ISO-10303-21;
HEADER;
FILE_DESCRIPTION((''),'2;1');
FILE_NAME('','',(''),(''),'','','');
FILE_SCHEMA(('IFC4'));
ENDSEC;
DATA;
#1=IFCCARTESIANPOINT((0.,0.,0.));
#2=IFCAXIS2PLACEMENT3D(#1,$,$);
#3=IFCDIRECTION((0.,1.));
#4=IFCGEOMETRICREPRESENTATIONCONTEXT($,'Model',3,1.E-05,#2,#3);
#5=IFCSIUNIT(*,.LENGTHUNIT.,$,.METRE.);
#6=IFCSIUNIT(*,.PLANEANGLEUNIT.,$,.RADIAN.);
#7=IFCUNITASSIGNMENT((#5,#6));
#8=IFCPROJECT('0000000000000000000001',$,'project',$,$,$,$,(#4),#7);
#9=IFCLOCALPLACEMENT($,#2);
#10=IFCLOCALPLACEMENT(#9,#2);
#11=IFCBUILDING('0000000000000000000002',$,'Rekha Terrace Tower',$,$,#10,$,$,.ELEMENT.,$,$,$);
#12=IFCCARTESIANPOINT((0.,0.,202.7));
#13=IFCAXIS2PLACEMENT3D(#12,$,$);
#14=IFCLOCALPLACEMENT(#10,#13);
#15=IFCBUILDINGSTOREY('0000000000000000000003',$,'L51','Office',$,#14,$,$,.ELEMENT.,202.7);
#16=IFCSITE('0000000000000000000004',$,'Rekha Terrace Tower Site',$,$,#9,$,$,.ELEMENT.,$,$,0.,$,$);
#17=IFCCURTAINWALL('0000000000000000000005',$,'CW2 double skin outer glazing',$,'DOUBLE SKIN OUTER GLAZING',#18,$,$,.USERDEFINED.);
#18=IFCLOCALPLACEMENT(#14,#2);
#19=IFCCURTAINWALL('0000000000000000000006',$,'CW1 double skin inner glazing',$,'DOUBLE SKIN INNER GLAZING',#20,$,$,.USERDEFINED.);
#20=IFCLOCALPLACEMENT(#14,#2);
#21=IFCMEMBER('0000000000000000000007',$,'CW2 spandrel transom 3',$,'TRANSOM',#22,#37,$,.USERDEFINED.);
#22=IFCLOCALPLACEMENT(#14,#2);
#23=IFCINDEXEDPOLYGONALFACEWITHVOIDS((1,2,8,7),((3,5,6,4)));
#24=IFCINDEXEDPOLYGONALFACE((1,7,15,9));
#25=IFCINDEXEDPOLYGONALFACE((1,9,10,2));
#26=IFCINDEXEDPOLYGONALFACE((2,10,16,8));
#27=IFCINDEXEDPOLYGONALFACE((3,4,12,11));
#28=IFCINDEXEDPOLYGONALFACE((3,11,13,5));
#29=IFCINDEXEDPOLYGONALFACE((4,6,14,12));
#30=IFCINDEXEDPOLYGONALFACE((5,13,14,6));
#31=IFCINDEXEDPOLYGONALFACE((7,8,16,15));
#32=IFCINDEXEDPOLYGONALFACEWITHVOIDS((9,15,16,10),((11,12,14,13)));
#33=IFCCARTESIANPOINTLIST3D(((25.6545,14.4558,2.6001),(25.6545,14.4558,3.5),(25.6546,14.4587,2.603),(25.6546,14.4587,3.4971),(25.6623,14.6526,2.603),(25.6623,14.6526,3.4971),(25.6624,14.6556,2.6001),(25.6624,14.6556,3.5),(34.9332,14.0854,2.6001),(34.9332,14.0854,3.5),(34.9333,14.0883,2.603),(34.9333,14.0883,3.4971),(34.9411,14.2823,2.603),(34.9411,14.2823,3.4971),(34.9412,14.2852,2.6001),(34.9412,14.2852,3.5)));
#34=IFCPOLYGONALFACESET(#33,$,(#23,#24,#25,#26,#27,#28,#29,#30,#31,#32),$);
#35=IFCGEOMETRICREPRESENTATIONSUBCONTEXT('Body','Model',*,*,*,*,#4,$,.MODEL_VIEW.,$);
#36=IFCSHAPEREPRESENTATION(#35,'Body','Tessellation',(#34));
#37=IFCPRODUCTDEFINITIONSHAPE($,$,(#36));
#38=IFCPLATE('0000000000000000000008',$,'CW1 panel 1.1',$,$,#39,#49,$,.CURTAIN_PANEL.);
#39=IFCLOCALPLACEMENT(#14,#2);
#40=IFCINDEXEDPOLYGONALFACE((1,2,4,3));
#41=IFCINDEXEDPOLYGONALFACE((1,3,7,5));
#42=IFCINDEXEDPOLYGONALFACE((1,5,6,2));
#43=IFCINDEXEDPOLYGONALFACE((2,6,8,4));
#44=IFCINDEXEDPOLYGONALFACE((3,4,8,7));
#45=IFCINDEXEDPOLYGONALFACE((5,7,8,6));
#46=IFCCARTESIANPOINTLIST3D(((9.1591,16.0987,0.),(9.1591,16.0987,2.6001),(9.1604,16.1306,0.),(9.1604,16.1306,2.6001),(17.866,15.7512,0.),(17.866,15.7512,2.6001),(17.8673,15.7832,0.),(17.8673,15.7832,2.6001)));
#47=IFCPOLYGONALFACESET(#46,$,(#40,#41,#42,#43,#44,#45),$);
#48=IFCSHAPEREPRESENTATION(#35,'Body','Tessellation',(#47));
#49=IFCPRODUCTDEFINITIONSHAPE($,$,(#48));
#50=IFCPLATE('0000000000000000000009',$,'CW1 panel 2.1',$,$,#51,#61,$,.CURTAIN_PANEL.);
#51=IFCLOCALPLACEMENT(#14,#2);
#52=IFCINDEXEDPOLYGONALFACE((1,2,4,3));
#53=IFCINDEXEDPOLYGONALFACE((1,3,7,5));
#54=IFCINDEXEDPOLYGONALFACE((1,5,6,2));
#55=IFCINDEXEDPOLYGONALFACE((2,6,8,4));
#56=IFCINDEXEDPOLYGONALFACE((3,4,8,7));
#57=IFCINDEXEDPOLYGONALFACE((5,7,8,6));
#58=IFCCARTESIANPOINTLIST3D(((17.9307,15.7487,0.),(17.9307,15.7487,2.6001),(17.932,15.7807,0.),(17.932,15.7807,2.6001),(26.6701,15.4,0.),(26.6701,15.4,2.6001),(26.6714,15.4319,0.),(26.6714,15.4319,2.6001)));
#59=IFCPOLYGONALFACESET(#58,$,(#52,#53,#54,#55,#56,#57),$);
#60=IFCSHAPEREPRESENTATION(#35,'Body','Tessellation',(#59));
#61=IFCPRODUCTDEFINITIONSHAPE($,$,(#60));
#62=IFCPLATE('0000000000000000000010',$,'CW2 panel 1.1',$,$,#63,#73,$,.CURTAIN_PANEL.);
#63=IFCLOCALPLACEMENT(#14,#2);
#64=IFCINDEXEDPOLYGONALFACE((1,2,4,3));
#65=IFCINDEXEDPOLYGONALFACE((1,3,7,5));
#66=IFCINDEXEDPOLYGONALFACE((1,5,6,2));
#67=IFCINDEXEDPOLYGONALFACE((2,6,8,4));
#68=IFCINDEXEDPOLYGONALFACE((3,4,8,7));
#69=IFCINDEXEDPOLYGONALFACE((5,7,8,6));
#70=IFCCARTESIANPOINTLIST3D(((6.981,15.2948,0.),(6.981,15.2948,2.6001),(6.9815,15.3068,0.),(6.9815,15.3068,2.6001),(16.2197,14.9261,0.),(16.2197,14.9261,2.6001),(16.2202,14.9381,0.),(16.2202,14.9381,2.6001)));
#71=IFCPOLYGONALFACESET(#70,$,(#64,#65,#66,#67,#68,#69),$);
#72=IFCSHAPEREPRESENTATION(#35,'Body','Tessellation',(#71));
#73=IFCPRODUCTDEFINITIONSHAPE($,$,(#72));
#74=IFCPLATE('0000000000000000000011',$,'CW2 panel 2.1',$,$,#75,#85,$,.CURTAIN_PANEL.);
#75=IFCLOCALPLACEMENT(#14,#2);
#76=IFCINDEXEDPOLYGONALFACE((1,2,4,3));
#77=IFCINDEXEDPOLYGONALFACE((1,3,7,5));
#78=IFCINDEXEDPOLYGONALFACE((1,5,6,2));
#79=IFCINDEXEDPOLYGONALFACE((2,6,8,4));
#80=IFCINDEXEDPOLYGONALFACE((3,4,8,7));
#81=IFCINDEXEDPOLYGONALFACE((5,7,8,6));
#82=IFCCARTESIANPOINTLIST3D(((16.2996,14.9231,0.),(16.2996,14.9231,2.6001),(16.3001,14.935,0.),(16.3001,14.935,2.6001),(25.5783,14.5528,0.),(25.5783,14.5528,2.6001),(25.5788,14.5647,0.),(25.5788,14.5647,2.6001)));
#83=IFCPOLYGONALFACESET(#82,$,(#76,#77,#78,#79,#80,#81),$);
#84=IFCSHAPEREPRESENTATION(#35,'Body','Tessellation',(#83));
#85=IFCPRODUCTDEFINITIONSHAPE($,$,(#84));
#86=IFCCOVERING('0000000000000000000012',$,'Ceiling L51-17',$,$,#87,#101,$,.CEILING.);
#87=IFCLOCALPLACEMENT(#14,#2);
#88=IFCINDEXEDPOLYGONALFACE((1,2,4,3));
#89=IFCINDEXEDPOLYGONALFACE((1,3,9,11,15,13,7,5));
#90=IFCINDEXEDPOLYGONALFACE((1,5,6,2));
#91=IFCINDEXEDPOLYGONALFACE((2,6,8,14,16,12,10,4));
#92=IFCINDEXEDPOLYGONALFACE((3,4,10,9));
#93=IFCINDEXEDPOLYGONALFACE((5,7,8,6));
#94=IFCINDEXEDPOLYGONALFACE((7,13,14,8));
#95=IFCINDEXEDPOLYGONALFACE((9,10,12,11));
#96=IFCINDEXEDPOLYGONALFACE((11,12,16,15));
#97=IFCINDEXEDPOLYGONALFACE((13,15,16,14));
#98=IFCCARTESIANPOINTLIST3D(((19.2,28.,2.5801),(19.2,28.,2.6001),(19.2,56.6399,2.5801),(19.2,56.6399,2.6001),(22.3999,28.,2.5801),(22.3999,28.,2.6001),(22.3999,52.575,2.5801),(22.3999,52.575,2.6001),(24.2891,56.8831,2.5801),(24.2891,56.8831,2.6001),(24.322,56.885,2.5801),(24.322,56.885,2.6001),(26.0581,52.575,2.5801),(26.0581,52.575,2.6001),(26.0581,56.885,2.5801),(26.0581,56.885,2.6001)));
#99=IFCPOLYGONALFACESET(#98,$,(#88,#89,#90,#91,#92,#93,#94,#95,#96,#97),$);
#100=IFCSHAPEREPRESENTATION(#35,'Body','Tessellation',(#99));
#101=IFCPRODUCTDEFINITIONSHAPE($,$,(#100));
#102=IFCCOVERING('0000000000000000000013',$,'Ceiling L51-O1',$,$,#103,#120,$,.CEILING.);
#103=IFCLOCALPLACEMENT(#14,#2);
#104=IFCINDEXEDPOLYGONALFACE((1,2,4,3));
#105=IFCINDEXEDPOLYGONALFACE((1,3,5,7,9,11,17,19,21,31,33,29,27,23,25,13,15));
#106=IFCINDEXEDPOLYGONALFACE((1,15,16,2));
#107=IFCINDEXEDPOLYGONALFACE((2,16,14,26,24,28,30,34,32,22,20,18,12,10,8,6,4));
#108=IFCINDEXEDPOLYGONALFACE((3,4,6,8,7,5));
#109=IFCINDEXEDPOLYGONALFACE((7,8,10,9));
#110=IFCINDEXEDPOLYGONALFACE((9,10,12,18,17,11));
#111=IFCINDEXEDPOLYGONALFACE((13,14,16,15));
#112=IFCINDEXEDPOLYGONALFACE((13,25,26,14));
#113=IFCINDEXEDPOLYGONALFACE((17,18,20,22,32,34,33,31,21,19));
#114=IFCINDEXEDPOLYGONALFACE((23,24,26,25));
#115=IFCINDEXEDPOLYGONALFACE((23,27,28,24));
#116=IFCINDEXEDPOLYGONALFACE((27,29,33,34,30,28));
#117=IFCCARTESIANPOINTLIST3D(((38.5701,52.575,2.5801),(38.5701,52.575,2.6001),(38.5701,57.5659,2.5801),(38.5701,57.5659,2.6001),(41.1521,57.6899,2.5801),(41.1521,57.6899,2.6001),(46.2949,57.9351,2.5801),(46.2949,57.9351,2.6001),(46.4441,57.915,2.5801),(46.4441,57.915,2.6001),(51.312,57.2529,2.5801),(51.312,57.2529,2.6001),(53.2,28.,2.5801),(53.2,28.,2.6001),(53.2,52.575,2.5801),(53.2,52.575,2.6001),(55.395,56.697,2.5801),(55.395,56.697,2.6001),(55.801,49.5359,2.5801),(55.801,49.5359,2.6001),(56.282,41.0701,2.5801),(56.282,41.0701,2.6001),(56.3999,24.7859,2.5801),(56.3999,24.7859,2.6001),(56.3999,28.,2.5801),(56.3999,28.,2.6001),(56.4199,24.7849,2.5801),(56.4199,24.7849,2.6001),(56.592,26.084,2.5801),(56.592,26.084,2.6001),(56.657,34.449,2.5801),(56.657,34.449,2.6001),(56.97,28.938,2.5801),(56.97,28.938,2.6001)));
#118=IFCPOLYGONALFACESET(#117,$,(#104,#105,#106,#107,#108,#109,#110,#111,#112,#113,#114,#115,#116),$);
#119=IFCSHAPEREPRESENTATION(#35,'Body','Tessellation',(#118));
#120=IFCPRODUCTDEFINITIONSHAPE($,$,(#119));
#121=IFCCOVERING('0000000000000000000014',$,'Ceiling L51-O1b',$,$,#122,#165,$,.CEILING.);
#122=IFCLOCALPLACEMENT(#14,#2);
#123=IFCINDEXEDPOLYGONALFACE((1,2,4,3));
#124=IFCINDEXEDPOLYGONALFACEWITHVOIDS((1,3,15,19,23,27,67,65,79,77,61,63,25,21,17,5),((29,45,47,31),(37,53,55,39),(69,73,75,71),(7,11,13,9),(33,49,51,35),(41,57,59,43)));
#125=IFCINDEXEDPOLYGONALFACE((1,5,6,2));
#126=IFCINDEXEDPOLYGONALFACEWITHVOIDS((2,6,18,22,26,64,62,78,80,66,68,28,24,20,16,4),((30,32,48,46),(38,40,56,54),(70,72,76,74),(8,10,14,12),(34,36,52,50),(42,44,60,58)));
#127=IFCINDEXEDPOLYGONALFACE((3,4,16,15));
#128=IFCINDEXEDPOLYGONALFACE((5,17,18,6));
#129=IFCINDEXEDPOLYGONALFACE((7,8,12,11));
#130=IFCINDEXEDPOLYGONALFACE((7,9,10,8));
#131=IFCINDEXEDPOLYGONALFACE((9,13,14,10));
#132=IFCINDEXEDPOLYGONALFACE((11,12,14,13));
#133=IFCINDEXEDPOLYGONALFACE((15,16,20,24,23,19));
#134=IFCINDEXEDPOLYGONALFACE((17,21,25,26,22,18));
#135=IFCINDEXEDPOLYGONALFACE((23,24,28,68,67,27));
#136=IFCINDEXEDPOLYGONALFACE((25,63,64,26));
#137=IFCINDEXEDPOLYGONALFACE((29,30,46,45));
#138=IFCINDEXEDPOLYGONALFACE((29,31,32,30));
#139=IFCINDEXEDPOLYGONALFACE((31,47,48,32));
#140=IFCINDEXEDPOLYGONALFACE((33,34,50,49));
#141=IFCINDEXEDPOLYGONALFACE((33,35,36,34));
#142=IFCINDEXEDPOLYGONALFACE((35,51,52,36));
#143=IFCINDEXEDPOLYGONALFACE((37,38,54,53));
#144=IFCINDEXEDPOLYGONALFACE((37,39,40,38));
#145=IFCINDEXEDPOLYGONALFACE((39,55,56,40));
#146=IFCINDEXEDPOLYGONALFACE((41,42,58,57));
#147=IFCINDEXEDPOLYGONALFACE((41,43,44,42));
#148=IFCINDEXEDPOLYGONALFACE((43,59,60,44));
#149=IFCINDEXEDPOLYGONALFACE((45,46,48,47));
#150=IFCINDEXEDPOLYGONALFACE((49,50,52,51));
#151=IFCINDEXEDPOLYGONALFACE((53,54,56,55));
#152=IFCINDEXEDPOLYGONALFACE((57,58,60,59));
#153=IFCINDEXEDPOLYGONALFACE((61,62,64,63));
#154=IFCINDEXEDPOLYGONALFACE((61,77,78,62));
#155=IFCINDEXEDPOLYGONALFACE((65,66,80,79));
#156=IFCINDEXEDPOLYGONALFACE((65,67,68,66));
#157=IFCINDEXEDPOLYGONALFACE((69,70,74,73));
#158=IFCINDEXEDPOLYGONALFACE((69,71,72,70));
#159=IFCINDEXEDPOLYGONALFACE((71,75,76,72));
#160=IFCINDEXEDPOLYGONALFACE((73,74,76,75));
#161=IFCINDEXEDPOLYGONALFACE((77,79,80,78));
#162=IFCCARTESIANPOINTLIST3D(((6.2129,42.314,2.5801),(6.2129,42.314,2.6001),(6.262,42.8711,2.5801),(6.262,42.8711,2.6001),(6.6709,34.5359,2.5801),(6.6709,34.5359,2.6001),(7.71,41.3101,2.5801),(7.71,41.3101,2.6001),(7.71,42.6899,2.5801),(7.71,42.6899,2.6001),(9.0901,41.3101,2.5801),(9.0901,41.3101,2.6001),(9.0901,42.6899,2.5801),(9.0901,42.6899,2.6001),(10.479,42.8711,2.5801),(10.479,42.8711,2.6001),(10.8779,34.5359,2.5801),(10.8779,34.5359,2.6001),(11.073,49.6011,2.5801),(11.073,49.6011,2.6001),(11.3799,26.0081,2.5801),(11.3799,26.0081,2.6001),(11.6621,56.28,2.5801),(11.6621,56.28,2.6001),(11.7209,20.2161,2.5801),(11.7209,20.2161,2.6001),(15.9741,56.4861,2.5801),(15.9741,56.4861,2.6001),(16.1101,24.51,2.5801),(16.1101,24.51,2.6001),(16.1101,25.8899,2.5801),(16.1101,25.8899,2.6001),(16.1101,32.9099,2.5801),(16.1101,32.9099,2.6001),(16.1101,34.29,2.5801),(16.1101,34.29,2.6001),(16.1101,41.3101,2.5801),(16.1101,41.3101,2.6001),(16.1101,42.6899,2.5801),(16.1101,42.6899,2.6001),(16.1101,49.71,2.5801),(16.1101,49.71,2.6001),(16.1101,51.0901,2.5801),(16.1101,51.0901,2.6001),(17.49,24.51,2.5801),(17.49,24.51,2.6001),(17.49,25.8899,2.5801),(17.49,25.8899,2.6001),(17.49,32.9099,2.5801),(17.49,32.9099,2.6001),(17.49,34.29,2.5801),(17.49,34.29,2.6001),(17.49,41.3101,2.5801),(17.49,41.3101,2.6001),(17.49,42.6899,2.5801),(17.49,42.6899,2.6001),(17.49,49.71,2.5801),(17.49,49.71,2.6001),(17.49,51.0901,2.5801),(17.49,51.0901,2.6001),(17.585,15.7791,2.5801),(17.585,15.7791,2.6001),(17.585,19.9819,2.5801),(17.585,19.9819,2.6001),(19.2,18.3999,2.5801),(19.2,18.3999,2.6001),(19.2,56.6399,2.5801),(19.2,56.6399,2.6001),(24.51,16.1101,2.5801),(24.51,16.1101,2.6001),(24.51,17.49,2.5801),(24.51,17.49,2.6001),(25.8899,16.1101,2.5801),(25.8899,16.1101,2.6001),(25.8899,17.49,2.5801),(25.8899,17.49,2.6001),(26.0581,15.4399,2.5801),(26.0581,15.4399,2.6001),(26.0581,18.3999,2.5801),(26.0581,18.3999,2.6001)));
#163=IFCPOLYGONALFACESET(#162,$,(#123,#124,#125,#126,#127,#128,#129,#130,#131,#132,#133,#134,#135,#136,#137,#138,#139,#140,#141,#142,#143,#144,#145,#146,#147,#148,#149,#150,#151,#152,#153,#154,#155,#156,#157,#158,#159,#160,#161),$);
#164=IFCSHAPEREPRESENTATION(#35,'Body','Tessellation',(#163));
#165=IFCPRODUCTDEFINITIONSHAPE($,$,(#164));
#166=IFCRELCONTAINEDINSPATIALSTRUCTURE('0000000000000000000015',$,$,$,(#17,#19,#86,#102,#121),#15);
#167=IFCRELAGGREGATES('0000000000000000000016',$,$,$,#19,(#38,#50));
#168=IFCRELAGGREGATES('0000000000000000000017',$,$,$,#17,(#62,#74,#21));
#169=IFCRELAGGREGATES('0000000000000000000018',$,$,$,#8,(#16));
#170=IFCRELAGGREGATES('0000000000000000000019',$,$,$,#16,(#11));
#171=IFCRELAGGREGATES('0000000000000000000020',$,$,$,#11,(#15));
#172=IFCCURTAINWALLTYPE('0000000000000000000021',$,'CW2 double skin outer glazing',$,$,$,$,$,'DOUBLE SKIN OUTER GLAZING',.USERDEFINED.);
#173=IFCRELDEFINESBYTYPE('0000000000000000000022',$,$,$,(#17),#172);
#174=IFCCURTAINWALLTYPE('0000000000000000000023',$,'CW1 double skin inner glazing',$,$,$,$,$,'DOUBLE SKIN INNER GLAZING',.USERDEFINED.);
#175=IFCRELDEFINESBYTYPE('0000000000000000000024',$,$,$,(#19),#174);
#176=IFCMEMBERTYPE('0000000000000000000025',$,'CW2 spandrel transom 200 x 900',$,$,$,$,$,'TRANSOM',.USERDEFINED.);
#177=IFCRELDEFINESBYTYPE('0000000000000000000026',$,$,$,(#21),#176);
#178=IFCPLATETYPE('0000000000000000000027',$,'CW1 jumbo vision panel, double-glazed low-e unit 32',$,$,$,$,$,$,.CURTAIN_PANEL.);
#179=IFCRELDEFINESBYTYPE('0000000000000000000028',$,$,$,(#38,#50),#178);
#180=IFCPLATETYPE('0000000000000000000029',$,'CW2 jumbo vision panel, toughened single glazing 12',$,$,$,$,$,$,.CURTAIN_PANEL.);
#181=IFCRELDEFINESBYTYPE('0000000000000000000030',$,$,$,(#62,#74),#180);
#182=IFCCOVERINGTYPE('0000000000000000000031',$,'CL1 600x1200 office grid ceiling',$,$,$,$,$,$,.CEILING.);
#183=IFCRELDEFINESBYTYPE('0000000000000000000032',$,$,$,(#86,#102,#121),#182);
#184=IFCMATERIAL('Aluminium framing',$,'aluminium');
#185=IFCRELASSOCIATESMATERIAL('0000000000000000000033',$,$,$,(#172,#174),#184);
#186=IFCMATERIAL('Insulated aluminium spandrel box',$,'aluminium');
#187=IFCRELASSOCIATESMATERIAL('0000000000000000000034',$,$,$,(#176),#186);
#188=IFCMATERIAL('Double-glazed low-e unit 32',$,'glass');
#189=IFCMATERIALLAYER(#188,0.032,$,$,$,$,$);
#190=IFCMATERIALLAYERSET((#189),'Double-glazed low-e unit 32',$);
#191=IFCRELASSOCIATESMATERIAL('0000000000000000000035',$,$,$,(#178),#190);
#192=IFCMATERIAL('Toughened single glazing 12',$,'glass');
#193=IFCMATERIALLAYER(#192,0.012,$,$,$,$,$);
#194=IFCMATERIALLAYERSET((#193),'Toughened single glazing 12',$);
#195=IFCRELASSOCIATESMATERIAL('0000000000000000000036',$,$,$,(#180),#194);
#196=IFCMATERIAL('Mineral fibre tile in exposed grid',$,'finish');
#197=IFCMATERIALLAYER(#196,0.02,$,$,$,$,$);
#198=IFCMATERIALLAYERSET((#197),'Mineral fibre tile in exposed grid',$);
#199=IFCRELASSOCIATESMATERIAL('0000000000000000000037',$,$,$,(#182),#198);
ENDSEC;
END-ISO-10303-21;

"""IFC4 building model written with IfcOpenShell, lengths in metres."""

from ifc_helpers import new_model, si_unit, direction, frame, origin, origin_2d, place, context, subcontext, project, spatial, polyline, rectangle, hollow_rectangle, outline, extrude, material, layer, layer_set, material_profile, profile_set, type_object, element, aggregate, save


model = new_model("IFC4")

# Units and contexts
model_context = context("Model", 3, precision=1e-05, world=origin(), true_north=direction((0.0, 1.0)))
body_context = subcontext(model_context, "Body", "Model", "MODEL_VIEW")
ifc_project = project(units=[si_unit("LENGTHUNIT", "METRE"), si_unit("PLANEANGLEUNIT", "RADIAN")], contexts=[model_context])

# Site, building, storey
site_placement = place(None, origin())
site = spatial("IfcSite", under=ifc_project, at=site_placement, Name="Rekha Terrace Tower Site", CompositionType="ELEMENT", RefElevation=0.0)
building_placement = place(site_placement, origin())
building = spatial("IfcBuilding", under=site, at=building_placement, Name="Rekha Terrace Tower", CompositionType="ELEMENT")
storey_placement = place(building_placement, frame((0.0, 0.0, 202.7)))
storey = spatial("IfcBuildingStorey", under=building, at=storey_placement, Name="L51", Description="Office", CompositionType="ELEMENT", Elevation=202.7)

# Curtain walls
ifc_material_1 = material(Name="Aluminium framing", Category="aluminium")
curtain_wall_type_1 = type_object("IfcCurtainWallType", Name="CW2 double skin outer glazing", ElementType="DOUBLE SKIN OUTER GLAZING", PredefinedType="USERDEFINED", material=ifc_material_1)
curtain_wall_1_placement = place(storey_placement, origin())
curtain_wall_1 = element("IfcCurtainWall", 1, at=curtain_wall_1_placement, inside=storey, type_object=curtain_wall_type_1, Name="CW2 double skin outer glazing", ObjectType="DOUBLE SKIN OUTER GLAZING", PredefinedType="USERDEFINED")
curtain_wall_type_2 = type_object("IfcCurtainWallType", Name="CW1 double skin inner glazing", ElementType="DOUBLE SKIN INNER GLAZING", PredefinedType="USERDEFINED", material=ifc_material_1)
curtain_wall_2_placement = place(storey_placement, origin())
curtain_wall_2 = element("IfcCurtainWall", 2, at=curtain_wall_2_placement, inside=storey, type_object=curtain_wall_type_2, Name="CW1 double skin inner glazing", ObjectType="DOUBLE SKIN INNER GLAZING", PredefinedType="USERDEFINED")
ifc_material_2 = material(Name="Insulated aluminium spandrel box", Category="aluminium")

# Member
ifc_material_profile_1 = material_profile(ifc_material_2, hollow_rectangle(XDim=0.2, YDim=0.8999, WallThickness=0.0029, at=origin_2d()), Name="AL SPANDREL BOX 200x900")
ifc_profile_set_1 = profile_set([ifc_material_profile_1], Name="Insulated aluminium spandrel box")
member_type_1 = type_object("IfcMemberType", Name="CW2 spandrel transom 200 x 900", ElementType="TRANSOM", PredefinedType="USERDEFINED", material=ifc_profile_set_1)
member_1_placement = place(storey_placement, frame((25.6584, 14.5557, 3.05), z_axis=(0.999204, -0.039883, 0.0), x_axis=(0.039883, 0.999204, 0.0)))
member_1 = element("IfcMember", 3, at=member_1_placement, type_object=member_type_1, Name="CW2 spandrel transom 3", ObjectType="TRANSOM", PredefinedType="USERDEFINED", context=body_context, shape_type="SweptSolid", body=[
    extrude(hollow_rectangle(XDim=0.2, YDim=0.8999, WallThickness=0.0029, at=origin_2d()), origin(), (0.0, 0.0, 1.0), 9.2861),
])

# Plates
ifc_material_3 = material(Name="Double-glazed low-e unit 32", Category="glass")
ifc_layer_1 = layer(ifc_material_3, 0.032)
ifc_layer_set_1 = layer_set([ifc_layer_1], Name="Double-glazed low-e unit 32")
plate_type_1 = type_object("IfcPlateType", Name="CW1 jumbo vision panel, double-glazed low-e unit 32", PredefinedType="CURTAIN_PANEL", material=ifc_layer_set_1)
plate_1_placement = place(storey_placement, frame((13.5132, 15.9409, 0.0), z_axis=(0.0, 0.0, 1.0), x_axis=(0.999205, -0.039872, 0.0)))
plate_1 = element("IfcPlate", 4, at=plate_1_placement, type_object=plate_type_1, Name="CW1 panel 1.1", PredefinedType="CURTAIN_PANEL", context=body_context, shape_type="SweptSolid", body=[
    extrude(rectangle(XDim=8.7139, YDim=0.032, at=origin_2d()), origin(), (0.0, 0.0, 1.0), 2.6001),
])
plate_2_placement = place(storey_placement, frame((22.301, 15.5903, 0.0), z_axis=(0.0, 0.0, 1.0), x_axis=(0.999205, -0.039872, 0.0)))
plate_2 = element("IfcPlate", 5, at=plate_2_placement, type_object=plate_type_1, Name="CW1 panel 2.1", PredefinedType="CURTAIN_PANEL", context=body_context, shape_type="SweptSolid", body=[
    extrude(rectangle(XDim=8.7463, YDim=0.032, at=origin_2d()), origin(), (0.0, 0.0, 1.0), 2.6001),
])
aggregate(curtain_wall_2, [plate_1, plate_2])
ifc_material_4 = material(Name="Toughened single glazing 12", Category="glass")
ifc_layer_2 = layer(ifc_material_4, 0.012)
ifc_layer_set_2 = layer_set([ifc_layer_2], Name="Toughened single glazing 12")
plate_type_2 = type_object("IfcPlateType", Name="CW2 jumbo vision panel, toughened single glazing 12", PredefinedType="CURTAIN_PANEL", material=ifc_layer_set_2)
plate_3_placement = place(storey_placement, frame((11.6006, 15.1165, 0.0), z_axis=(0.0, 0.0, 1.0), x_axis=(0.999205, -0.039872, 0.0)))
plate_3 = element("IfcPlate", 6, at=plate_3_placement, type_object=plate_type_2, Name="CW2 panel 1.1", PredefinedType="CURTAIN_PANEL", context=body_context, shape_type="SweptSolid", body=[
    extrude(rectangle(XDim=9.2461, YDim=0.012, at=origin_2d()), origin(), (0.0, 0.0, 1.0), 2.6001),
])
plate_4_placement = place(storey_placement, frame((20.9392, 14.7439, 0.0), z_axis=(0.0, 0.0, 1.0), x_axis=(0.999205, -0.039872, 0.0)))
plate_4 = element("IfcPlate", 7, at=plate_4_placement, type_object=plate_type_2, Name="CW2 panel 2.1", PredefinedType="CURTAIN_PANEL", context=body_context, shape_type="SweptSolid", body=[
    extrude(rectangle(XDim=9.2861, YDim=0.012, at=origin_2d()), origin(), (0.0, 0.0, 1.0), 2.6001),
])
aggregate(curtain_wall_1, [plate_3, plate_4, member_1])

# Coverings
ifc_material_5 = material(Name="Mineral fibre tile in exposed grid", Category="finish")
ifc_layer_3 = layer(ifc_material_5, 0.02)
ifc_layer_set_3 = layer_set([ifc_layer_3], Name="Mineral fibre tile in exposed grid")
covering_type_1 = type_object("IfcCoveringType", Name="CL1 600x1200 office grid ceiling", PredefinedType="CEILING", material=ifc_layer_set_3)
covering_1_placement = place(storey_placement, frame((0.0, 0.0, 2.5801)))
element("IfcCovering", 8, at=covering_1_placement, inside=storey, type_object=covering_type_1, Name="Ceiling L51-17", PredefinedType="CEILING", context=body_context, shape_type="SweptSolid", body=[
    extrude(outline(polyline([(26.0581, 52.575), (26.0581, 56.885), (24.322, 56.885), (24.2891, 56.8831), (19.2, 56.6399), (19.2, 28.0), (22.3999, 28.0), (22.3999, 52.575), (26.0581, 52.575)])), origin(), (0.0, 0.0, 1.0), 0.02),
])
covering_2_placement = place(storey_placement, frame((0.0, 0.0, 2.5801)))
element("IfcCovering", 9, at=covering_2_placement, inside=storey, type_object=covering_type_1, Name="Ceiling L51-O1", PredefinedType="CEILING", context=body_context, shape_type="SweptSolid", body=[
    extrude(outline(polyline([(46.2949, 57.9351), (41.1521, 57.6899), (38.5701, 57.5659), (38.5701, 52.575), (53.2, 52.575), (53.2, 28.0), (56.3999, 28.0), (56.3999, 24.7859), (56.4199, 24.7849), (56.592, 26.084), (56.97, 28.938), (56.657, 34.449), (56.282, 41.0701), (55.801, 49.5359), (55.395, 56.697), (51.312, 57.2529), (46.4441, 57.915), (46.2949, 57.9351)])), origin(), (0.0, 0.0, 1.0), 0.02),
])
covering_3_placement = place(storey_placement, frame((0.0, 0.0, 2.5801)))
element("IfcCovering", 10, at=covering_3_placement, inside=storey, type_object=covering_type_1, Name="Ceiling L51-O1b", PredefinedType="CEILING", context=body_context, shape_type="SweptSolid", body=[
    extrude(outline(polyline([(11.6621, 56.28), (11.073, 49.6011), (10.479, 42.8711), (6.262, 42.8711), (6.2129, 42.314), (6.6709, 34.5359), (10.8779, 34.5359), (11.3799, 26.0081), (11.7209, 20.2161), (17.585, 19.9819), (17.585, 15.7791), (26.0581, 15.4399), (26.0581, 18.3999), (19.2, 18.3999), (19.2, 56.6399), (15.9741, 56.4861), (11.6621, 56.28)]), holes=[polyline([(25.8899, 17.49), (25.8899, 16.1101), (24.51, 16.1101), (24.51, 17.49), (25.8899, 17.49)]), polyline([(17.49, 24.51), (16.1101, 24.51), (16.1101, 25.8899), (17.49, 25.8899), (17.49, 24.51)]), polyline([(17.49, 32.9099), (16.1101, 32.9099), (16.1101, 34.29), (17.49, 34.29), (17.49, 32.9099)]), polyline([(17.49, 42.6899), (17.49, 41.3101), (16.1101, 41.3101), (16.1101, 42.6899), (17.49, 42.6899)]), polyline([(17.49, 51.0901), (17.49, 49.71), (16.1101, 49.71), (16.1101, 51.0901), (17.49, 51.0901)]), polyline([(9.0901, 41.3101), (7.71, 41.3101), (7.71, 42.6899), (9.0901, 42.6899), (9.0901, 41.3101)])]), origin(), (0.0, 0.0, 1.0), 0.02),
])

save(model, "model.ifc")
